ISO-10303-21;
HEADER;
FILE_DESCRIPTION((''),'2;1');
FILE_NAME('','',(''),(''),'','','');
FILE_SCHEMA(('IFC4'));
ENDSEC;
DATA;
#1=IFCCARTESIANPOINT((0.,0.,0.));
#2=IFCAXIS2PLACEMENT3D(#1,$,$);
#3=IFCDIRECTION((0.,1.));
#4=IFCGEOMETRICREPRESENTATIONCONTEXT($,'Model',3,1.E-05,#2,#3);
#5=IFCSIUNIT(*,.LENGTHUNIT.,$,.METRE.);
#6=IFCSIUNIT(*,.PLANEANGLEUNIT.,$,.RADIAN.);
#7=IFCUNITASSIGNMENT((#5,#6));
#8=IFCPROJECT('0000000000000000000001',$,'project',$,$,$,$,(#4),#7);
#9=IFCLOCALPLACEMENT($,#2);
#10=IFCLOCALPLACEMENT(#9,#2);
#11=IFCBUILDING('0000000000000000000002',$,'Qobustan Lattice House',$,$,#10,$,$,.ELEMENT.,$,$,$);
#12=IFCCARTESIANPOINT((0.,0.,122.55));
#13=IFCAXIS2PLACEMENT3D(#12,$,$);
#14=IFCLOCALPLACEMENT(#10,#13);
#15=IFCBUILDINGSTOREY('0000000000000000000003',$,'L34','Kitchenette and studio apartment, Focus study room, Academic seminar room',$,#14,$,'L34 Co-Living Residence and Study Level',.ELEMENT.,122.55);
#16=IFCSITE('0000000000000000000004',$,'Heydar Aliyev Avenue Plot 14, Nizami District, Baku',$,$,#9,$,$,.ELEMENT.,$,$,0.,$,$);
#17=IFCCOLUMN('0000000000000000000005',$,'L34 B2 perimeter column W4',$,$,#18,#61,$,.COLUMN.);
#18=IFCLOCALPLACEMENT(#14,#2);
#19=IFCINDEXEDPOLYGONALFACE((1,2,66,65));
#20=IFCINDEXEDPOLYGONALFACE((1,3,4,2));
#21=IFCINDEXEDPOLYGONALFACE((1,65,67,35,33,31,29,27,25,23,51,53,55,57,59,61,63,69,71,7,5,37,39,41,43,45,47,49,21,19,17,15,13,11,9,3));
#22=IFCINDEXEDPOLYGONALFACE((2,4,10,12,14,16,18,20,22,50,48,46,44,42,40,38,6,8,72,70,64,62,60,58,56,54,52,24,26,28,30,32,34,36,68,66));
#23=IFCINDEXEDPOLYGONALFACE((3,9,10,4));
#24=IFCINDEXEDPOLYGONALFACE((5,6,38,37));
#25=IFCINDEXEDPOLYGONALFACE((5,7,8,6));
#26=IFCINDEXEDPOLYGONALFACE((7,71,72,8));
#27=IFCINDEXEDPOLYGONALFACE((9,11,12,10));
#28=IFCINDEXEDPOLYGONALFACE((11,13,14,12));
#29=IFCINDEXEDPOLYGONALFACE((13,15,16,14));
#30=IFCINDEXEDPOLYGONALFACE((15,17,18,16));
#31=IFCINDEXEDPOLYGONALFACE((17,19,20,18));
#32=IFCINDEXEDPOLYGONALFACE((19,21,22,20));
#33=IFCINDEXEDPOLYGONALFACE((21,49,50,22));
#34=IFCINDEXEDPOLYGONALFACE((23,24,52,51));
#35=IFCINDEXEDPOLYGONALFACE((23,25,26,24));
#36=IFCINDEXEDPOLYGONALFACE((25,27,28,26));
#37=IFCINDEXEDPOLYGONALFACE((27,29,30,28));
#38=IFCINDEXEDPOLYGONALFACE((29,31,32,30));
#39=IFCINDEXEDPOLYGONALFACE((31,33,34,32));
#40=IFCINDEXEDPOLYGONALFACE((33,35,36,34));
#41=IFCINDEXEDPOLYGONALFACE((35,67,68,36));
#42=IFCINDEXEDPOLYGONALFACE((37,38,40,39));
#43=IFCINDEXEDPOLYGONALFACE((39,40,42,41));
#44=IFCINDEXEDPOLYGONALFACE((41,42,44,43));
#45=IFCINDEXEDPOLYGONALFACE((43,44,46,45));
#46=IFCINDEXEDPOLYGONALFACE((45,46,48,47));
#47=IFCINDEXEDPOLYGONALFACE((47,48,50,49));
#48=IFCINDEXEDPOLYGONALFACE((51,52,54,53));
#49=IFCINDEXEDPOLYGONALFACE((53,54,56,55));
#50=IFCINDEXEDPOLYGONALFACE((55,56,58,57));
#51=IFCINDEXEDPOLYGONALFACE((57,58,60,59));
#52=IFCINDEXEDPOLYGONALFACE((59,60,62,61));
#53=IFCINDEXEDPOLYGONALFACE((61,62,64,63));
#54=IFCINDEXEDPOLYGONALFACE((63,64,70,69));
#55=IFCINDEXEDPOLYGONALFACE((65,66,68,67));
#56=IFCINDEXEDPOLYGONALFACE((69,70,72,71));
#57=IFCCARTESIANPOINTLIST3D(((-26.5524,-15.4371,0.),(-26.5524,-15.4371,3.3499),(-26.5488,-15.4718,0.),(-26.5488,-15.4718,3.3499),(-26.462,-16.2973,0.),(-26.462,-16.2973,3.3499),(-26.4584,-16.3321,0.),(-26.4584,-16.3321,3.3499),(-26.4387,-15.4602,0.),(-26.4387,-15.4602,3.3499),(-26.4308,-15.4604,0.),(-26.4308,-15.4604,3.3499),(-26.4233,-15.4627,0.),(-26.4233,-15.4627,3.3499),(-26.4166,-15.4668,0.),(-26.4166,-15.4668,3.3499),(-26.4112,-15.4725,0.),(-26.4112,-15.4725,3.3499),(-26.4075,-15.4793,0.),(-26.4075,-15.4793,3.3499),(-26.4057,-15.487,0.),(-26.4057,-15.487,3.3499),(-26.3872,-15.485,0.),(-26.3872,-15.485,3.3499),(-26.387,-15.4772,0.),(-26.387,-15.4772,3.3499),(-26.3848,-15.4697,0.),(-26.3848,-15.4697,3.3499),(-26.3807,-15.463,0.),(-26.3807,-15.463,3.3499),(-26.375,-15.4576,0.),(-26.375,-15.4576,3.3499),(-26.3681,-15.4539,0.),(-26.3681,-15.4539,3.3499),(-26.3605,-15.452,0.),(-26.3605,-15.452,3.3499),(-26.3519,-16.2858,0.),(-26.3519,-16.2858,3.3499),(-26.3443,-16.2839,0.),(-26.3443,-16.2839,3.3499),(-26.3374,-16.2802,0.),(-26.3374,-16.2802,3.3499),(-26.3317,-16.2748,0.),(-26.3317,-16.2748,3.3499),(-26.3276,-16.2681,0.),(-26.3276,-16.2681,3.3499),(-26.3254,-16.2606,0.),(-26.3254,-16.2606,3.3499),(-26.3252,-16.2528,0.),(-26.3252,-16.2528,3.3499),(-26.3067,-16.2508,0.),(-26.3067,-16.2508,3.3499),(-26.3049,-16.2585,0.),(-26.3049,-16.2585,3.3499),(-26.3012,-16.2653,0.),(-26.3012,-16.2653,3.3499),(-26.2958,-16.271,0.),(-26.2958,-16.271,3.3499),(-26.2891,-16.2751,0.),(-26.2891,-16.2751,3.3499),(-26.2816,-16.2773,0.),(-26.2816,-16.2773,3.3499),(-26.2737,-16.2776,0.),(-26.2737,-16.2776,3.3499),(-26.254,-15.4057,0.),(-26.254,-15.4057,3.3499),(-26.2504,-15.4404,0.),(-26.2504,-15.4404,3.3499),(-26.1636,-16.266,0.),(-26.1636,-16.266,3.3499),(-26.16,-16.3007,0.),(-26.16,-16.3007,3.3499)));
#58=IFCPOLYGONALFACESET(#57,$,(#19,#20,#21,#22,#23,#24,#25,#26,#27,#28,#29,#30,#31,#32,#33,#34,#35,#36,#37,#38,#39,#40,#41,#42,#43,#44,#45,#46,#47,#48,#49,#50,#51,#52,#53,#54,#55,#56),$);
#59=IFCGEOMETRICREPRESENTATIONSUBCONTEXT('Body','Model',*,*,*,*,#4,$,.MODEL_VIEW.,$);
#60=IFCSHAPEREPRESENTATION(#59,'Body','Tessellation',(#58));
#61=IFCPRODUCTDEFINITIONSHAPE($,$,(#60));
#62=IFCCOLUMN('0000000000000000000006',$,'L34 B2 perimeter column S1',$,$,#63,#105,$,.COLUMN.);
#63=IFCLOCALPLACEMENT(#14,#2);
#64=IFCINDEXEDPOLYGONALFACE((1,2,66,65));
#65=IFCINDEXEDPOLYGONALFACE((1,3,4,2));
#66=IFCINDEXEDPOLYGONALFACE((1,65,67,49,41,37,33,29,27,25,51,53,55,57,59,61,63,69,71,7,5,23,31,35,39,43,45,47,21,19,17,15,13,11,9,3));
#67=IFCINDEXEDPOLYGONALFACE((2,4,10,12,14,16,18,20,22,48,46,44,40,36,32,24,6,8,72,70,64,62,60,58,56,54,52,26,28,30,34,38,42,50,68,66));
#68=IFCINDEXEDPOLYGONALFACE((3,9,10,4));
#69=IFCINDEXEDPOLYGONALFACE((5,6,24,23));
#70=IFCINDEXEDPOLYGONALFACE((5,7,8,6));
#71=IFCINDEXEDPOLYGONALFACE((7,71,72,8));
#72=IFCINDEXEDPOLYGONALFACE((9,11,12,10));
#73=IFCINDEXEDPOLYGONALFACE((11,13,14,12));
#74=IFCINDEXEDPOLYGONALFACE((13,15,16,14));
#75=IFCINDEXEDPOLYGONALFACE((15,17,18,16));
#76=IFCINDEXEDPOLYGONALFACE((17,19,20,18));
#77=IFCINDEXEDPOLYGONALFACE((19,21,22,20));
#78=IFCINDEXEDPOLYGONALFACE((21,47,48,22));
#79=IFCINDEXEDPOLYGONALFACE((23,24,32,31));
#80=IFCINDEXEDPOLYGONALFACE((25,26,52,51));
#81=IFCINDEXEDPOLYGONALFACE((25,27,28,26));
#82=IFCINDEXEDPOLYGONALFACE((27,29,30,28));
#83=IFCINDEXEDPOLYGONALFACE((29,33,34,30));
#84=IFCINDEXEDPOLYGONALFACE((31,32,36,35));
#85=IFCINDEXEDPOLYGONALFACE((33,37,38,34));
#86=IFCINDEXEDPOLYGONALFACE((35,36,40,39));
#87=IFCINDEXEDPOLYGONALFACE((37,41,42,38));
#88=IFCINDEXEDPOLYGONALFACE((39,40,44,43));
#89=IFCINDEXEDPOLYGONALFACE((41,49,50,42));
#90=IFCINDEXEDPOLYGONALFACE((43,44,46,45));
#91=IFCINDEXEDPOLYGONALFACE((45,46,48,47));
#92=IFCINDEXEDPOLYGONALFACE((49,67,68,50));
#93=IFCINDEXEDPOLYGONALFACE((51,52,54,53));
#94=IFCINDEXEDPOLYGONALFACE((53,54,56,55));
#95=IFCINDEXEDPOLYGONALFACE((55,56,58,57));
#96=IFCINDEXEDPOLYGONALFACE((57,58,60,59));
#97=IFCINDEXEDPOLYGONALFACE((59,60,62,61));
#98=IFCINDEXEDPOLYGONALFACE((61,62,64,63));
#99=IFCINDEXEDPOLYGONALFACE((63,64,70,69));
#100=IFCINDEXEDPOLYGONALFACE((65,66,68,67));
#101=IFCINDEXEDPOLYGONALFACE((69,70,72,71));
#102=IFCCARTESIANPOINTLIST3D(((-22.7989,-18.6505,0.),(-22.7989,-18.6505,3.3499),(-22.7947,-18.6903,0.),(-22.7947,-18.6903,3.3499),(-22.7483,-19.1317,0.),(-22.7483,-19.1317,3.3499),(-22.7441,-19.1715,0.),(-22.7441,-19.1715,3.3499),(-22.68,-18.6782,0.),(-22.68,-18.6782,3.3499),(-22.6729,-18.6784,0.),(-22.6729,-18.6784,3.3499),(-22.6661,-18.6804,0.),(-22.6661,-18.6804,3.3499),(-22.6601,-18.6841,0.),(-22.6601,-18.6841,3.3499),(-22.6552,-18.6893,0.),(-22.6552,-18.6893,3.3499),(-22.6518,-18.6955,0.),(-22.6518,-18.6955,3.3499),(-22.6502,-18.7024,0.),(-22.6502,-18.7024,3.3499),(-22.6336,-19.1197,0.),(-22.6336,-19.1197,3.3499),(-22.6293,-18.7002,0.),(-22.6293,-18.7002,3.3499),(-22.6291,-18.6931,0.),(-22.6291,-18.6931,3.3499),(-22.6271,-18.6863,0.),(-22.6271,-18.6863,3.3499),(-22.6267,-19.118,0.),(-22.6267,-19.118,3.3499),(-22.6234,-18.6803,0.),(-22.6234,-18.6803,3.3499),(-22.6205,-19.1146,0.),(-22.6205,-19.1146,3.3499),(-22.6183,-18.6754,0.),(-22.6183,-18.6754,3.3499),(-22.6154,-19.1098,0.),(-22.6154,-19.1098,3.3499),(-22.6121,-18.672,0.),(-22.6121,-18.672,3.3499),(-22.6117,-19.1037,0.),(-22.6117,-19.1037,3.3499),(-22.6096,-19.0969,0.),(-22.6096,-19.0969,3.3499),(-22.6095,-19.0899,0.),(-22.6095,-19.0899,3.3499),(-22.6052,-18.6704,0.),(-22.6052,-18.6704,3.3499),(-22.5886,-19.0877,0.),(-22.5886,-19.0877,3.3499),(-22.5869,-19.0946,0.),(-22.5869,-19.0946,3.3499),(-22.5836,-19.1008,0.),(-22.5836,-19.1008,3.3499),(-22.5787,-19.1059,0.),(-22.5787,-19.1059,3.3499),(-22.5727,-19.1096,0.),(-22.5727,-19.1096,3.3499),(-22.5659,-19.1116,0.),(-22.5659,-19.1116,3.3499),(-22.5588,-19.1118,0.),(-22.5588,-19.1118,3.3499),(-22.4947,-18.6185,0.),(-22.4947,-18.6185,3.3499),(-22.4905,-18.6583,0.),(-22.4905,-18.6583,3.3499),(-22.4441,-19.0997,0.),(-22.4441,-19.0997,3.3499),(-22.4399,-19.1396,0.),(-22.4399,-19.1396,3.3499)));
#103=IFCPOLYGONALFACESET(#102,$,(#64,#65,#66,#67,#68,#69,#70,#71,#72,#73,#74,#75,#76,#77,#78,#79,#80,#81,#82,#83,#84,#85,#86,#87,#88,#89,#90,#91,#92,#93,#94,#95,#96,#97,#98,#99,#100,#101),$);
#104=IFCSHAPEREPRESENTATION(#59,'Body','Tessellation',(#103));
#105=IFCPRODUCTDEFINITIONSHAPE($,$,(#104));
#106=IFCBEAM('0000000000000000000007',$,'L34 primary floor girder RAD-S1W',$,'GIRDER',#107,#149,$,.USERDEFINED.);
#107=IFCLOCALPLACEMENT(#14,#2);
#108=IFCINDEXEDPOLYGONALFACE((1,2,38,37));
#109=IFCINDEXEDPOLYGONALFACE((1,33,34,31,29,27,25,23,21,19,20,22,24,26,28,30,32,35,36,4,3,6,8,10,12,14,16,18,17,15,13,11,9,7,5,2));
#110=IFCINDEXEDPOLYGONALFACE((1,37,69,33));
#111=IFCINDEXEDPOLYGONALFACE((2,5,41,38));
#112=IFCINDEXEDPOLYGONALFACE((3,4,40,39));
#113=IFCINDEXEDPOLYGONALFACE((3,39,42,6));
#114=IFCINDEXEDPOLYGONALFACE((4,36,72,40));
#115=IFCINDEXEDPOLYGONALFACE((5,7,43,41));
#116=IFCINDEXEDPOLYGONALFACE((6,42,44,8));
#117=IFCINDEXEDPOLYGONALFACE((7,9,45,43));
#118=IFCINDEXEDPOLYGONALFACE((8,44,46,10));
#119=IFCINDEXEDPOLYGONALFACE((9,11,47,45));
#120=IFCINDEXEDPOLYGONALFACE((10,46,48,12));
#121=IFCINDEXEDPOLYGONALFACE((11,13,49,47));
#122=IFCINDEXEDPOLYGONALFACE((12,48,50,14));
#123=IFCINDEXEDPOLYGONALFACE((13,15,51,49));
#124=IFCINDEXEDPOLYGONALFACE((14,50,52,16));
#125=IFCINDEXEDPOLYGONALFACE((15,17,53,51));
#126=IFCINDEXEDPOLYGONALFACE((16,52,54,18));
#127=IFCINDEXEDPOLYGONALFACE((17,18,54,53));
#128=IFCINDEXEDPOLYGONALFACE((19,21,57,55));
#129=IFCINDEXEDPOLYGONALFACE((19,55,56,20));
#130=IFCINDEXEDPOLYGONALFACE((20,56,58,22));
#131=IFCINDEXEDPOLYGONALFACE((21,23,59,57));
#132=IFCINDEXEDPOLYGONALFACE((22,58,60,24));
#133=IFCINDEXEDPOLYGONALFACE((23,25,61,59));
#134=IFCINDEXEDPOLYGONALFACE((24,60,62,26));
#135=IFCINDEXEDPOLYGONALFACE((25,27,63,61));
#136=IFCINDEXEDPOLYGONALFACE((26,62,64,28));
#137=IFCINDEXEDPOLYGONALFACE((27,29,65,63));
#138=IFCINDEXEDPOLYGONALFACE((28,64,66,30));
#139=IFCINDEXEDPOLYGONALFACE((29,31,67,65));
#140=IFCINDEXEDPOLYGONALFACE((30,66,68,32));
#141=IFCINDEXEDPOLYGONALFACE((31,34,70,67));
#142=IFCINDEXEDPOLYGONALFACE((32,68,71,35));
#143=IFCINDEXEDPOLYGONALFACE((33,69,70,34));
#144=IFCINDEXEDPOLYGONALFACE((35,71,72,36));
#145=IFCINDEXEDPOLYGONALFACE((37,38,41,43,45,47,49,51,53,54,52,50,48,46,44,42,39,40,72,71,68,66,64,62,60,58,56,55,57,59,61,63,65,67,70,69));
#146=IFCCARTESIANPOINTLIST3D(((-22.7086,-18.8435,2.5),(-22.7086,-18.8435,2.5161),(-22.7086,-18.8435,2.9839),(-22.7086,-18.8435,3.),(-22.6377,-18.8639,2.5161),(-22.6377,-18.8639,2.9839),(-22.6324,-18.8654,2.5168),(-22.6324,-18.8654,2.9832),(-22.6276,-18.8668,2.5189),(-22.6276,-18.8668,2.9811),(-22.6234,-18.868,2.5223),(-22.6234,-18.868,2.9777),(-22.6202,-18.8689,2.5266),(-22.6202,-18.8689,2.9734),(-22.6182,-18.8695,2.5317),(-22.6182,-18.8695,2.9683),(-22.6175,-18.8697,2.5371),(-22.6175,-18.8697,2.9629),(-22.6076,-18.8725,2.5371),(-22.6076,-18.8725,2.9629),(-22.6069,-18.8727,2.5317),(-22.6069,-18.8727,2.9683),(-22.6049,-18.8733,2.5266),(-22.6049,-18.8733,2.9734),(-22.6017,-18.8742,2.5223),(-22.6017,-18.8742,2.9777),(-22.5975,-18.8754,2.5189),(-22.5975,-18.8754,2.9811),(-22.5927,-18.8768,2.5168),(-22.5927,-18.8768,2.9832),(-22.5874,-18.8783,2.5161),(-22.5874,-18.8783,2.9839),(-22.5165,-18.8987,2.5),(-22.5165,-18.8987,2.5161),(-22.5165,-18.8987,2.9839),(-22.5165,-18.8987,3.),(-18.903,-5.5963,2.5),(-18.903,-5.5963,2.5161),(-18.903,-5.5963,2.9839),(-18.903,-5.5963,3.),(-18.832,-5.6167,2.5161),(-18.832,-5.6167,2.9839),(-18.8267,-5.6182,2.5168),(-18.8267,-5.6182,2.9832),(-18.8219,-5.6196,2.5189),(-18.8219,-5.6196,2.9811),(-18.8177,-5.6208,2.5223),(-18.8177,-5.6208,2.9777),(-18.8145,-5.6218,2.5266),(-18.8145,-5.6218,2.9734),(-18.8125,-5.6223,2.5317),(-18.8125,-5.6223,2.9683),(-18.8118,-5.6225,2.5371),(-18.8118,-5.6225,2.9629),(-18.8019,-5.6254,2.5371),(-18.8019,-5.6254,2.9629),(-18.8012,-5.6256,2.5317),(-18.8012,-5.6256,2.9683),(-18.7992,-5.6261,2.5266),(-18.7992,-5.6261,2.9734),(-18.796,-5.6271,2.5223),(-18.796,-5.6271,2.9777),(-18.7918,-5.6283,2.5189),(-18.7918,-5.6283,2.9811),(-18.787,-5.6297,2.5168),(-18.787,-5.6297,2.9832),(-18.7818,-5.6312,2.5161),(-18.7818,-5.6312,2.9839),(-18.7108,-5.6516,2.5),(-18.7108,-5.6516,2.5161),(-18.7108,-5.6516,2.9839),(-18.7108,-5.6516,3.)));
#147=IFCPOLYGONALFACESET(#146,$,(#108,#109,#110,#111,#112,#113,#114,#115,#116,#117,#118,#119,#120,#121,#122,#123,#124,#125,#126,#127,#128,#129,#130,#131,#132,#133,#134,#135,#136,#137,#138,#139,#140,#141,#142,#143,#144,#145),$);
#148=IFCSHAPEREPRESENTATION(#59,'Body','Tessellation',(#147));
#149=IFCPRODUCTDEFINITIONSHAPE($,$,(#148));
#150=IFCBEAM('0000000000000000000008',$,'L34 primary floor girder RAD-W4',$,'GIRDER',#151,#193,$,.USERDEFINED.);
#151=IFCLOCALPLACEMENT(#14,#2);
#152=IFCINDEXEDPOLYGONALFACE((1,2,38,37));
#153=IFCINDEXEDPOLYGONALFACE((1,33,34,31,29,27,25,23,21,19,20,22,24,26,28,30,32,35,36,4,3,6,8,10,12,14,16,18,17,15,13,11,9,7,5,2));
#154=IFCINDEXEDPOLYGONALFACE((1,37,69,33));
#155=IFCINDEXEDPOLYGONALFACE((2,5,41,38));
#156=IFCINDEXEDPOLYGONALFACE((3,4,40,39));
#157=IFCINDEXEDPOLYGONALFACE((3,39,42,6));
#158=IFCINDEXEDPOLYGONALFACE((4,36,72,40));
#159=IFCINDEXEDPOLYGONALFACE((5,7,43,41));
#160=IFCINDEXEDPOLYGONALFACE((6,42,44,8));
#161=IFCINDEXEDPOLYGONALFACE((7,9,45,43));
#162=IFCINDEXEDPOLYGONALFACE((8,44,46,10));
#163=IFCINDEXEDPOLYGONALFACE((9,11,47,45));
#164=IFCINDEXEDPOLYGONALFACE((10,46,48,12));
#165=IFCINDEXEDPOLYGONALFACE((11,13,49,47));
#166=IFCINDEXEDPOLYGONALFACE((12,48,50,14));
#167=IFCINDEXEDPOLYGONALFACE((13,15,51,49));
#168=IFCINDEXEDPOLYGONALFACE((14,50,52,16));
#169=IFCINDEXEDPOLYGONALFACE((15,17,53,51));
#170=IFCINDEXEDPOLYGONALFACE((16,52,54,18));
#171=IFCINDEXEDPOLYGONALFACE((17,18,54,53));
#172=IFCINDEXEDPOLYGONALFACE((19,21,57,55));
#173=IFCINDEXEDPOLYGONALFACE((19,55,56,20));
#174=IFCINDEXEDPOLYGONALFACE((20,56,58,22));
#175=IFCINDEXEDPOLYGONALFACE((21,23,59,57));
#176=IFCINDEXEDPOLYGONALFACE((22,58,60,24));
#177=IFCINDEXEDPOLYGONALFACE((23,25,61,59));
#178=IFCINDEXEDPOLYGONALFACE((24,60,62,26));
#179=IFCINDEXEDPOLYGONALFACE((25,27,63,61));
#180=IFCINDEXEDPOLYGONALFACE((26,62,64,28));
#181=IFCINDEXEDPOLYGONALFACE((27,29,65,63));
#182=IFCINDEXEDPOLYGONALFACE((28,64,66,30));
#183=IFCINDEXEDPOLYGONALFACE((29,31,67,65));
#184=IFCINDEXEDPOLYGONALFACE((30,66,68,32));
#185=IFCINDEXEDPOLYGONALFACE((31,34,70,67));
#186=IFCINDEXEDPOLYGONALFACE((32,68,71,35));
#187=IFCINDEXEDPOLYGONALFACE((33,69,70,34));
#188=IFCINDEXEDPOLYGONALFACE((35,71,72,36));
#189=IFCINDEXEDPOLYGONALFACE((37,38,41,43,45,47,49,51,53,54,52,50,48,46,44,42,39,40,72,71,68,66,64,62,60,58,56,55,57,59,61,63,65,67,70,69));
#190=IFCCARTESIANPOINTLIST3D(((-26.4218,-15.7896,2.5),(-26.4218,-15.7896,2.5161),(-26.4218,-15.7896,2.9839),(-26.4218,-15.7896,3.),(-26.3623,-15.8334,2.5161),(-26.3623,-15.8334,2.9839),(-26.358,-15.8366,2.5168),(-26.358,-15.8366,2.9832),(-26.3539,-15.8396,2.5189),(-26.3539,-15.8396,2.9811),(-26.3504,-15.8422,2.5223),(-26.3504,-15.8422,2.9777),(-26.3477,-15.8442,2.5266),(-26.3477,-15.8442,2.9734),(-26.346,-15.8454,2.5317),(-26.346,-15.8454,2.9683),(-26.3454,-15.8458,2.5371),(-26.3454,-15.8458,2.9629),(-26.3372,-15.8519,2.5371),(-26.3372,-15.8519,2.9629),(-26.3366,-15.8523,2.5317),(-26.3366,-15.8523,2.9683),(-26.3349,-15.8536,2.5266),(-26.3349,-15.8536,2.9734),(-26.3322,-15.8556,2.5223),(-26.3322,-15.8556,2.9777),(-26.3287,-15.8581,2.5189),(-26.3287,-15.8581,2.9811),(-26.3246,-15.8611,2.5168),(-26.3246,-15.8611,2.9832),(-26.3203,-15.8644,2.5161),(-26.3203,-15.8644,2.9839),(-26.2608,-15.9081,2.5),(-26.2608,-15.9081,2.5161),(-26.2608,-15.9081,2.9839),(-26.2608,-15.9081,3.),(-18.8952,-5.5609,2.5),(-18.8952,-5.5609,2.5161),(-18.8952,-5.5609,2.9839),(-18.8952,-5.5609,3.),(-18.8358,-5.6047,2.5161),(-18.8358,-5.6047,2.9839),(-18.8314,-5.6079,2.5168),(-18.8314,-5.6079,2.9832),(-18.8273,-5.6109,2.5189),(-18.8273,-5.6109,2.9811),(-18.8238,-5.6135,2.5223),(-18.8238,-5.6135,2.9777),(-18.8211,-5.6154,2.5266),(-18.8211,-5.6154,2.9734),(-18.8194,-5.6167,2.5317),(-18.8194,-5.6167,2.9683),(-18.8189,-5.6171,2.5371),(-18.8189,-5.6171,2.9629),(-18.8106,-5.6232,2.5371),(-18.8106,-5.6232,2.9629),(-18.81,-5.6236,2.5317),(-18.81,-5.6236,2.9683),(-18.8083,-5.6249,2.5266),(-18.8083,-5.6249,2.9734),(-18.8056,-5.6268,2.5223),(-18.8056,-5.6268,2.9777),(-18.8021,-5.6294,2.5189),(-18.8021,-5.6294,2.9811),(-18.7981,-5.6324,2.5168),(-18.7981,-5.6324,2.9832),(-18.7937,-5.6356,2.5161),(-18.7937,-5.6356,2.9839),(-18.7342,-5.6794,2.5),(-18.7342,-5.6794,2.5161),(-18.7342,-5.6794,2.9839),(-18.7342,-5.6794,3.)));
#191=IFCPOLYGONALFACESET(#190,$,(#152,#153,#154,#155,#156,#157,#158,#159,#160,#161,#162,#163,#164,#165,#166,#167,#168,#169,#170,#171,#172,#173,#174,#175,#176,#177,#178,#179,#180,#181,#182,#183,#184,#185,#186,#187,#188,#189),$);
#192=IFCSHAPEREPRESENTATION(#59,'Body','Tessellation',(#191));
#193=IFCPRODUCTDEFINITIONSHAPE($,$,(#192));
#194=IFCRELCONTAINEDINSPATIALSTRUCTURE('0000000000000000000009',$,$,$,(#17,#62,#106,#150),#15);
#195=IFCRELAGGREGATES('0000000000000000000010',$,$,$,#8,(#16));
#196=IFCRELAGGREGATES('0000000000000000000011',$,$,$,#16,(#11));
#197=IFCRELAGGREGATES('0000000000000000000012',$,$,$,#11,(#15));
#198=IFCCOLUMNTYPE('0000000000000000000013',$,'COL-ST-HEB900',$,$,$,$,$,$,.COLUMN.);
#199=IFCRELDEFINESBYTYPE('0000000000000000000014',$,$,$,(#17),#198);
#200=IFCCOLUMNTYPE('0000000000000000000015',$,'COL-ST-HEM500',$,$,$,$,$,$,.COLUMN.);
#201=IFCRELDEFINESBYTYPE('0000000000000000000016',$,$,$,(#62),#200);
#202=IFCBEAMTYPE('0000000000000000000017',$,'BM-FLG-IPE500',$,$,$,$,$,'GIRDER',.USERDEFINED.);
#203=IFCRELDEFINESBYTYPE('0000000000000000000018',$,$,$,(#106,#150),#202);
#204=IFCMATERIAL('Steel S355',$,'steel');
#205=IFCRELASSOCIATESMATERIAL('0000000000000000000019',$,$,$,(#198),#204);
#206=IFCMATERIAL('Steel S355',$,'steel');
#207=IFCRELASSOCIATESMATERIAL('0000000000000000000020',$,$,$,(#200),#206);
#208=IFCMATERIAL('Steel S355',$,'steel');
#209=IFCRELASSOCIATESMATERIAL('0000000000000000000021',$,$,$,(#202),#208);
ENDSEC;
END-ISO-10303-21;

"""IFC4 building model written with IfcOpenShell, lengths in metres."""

from ifc_helpers import new_model, si_unit, direction, frame, origin, origin_2d, place, context, subcontext, project, spatial, i_section, extrude, material, material_profile, profile_set, type_object, element, save


model = new_model("IFC4")

# Units and contexts
model_context = context("Model", 3, precision=1e-05, world=origin(), true_north=direction((0.0, 1.0)))
body_context = subcontext(model_context, "Body", "Model", "MODEL_VIEW")
ifc_project = project(units=[si_unit("LENGTHUNIT", "METRE"), si_unit("PLANEANGLEUNIT", "RADIAN")], contexts=[model_context])

# Site, building, storey
site_placement = place(None, origin())
site = spatial("IfcSite", under=ifc_project, at=site_placement, Name="Heydar Aliyev Avenue Plot 14, Nizami District, Baku", CompositionType="ELEMENT", RefElevation=0.0)
building_placement = place(site_placement, origin())
building = spatial("IfcBuilding", under=site, at=building_placement, Name="Qobustan Lattice House", CompositionType="ELEMENT")
storey_placement = place(building_placement, frame((0.0, 0.0, 122.55)))
storey = spatial("IfcBuildingStorey", under=building, at=storey_placement, Name="L34", Description="Kitchenette and studio apartment, Focus study room, Academic seminar room", LongName="L34 Co-Living Residence and Study Level", CompositionType="ELEMENT", Elevation=122.55)

# Columns
ifc_material_1 = material(Name="Steel S355", Category="steel")
ifc_material_profile_1 = material_profile(ifc_material_1, i_section(OverallWidth=0.3, OverallDepth=0.8999, WebThickness=0.0186, FlangeThickness=0.0349, FilletRadius=0.03, at=origin_2d()), Name="HEB900")
ifc_profile_set_1 = profile_set([ifc_material_profile_1], Name="Steel S355")
column_type_1 = type_object("IfcColumnType", Name="COL-ST-HEB900", PredefinedType="COLUMN", material=ifc_profile_set_1)
column_1_placement = place(storey_placement, frame((-26.3562, -15.8689, 0.0), z_axis=(0.0, 0.0, 1.0), x_axis=(0.994522, 0.104528, 0.0)))
element("IfcColumn", 1, at=column_1_placement, inside=storey, type_object=column_type_1, Name="L34 B2 perimeter column W4", PredefinedType="COLUMN", context=body_context, shape_type="SweptSolid", body=[
    extrude(i_section(OverallWidth=0.3, OverallDepth=0.8999, WebThickness=0.0186, FlangeThickness=0.0349, FilletRadius=0.03, at=origin_2d()), origin(), (0.0, 0.0, 1.0), 3.3499),
])
ifc_material_2 = material(Name="Steel S355", Category="steel")
ifc_material_profile_2 = material_profile(ifc_material_2, i_section(OverallWidth=0.3059, OverallDepth=0.5239, WebThickness=0.021, FlangeThickness=0.04, FilletRadius=0.0271, at=origin_2d()), Name="HEM500")
ifc_profile_set_2 = profile_set([ifc_material_profile_2], Name="Steel S355")
column_type_2 = type_object("IfcColumnType", Name="COL-ST-HEM500", PredefinedType="COLUMN", material=ifc_profile_set_2)
column_2_placement = place(storey_placement, frame((-22.6194, -18.895, 0.0), z_axis=(0.0, 0.0, 1.0), x_axis=(0.994522, 0.104528, 0.0)))
element("IfcColumn", 2, at=column_2_placement, inside=storey, type_object=column_type_2, Name="L34 B2 perimeter column S1", PredefinedType="COLUMN", context=body_context, shape_type="SweptSolid", body=[
    extrude(i_section(OverallWidth=0.3059, OverallDepth=0.5239, WebThickness=0.021, FlangeThickness=0.04, FilletRadius=0.0271, at=origin_2d()), origin(), (0.0, 0.0, 1.0), 3.3499),
])

# Beams
ifc_material_3 = material(Name="Steel S355", Category="steel")
ifc_material_profile_3 = material_profile(ifc_material_3, i_section(OverallWidth=0.2, OverallDepth=0.5, WebThickness=0.0103, FlangeThickness=0.0161, FilletRadius=0.021, at=origin_2d()), Name="IPE500")
ifc_profile_set_3 = profile_set([ifc_material_profile_3], Name="Steel S355")
beam_type_1 = type_object("IfcBeamType", Name="BM-FLG-IPE500", ElementType="GIRDER", PredefinedType="USERDEFINED", material=ifc_profile_set_3)
beam_1_placement = place(storey_placement, frame((-22.6125, -18.8711, 2.75), z_axis=(0.276115, 0.961125, 0.0), x_axis=(-0.961125, 0.276115, 0.0)))
element("IfcBeam", 3, at=beam_1_placement, inside=storey, type_object=beam_type_1, Name="L34 primary floor girder RAD-S1W", ObjectType="GIRDER", PredefinedType="USERDEFINED", context=body_context, shape_type="SweptSolid", body=[
    extrude(i_section(OverallWidth=0.2, OverallDepth=0.5, WebThickness=0.0103, FlangeThickness=0.0161, FilletRadius=0.021, at=origin_2d()), origin(), (0.0, 0.0, 1.0), 13.783),
])
beam_2_placement = place(storey_placement, frame((-26.3413, -15.8489, 2.75), z_axis=(0.59267, 0.805446, 0.0), x_axis=(-0.805446, 0.59267, 0.0)))
element("IfcBeam", 4, at=beam_2_placement, inside=storey, type_object=beam_type_1, Name="L34 primary floor girder RAD-W4", ObjectType="GIRDER", PredefinedType="USERDEFINED", context=body_context, shape_type="SweptSolid", body=[
    extrude(i_section(OverallWidth=0.2, OverallDepth=0.5, WebThickness=0.0103, FlangeThickness=0.0161, FilletRadius=0.021, at=origin_2d()), origin(), (0.0, 0.0, 1.0), 12.6995),
])

save(model, "model.ifc")
